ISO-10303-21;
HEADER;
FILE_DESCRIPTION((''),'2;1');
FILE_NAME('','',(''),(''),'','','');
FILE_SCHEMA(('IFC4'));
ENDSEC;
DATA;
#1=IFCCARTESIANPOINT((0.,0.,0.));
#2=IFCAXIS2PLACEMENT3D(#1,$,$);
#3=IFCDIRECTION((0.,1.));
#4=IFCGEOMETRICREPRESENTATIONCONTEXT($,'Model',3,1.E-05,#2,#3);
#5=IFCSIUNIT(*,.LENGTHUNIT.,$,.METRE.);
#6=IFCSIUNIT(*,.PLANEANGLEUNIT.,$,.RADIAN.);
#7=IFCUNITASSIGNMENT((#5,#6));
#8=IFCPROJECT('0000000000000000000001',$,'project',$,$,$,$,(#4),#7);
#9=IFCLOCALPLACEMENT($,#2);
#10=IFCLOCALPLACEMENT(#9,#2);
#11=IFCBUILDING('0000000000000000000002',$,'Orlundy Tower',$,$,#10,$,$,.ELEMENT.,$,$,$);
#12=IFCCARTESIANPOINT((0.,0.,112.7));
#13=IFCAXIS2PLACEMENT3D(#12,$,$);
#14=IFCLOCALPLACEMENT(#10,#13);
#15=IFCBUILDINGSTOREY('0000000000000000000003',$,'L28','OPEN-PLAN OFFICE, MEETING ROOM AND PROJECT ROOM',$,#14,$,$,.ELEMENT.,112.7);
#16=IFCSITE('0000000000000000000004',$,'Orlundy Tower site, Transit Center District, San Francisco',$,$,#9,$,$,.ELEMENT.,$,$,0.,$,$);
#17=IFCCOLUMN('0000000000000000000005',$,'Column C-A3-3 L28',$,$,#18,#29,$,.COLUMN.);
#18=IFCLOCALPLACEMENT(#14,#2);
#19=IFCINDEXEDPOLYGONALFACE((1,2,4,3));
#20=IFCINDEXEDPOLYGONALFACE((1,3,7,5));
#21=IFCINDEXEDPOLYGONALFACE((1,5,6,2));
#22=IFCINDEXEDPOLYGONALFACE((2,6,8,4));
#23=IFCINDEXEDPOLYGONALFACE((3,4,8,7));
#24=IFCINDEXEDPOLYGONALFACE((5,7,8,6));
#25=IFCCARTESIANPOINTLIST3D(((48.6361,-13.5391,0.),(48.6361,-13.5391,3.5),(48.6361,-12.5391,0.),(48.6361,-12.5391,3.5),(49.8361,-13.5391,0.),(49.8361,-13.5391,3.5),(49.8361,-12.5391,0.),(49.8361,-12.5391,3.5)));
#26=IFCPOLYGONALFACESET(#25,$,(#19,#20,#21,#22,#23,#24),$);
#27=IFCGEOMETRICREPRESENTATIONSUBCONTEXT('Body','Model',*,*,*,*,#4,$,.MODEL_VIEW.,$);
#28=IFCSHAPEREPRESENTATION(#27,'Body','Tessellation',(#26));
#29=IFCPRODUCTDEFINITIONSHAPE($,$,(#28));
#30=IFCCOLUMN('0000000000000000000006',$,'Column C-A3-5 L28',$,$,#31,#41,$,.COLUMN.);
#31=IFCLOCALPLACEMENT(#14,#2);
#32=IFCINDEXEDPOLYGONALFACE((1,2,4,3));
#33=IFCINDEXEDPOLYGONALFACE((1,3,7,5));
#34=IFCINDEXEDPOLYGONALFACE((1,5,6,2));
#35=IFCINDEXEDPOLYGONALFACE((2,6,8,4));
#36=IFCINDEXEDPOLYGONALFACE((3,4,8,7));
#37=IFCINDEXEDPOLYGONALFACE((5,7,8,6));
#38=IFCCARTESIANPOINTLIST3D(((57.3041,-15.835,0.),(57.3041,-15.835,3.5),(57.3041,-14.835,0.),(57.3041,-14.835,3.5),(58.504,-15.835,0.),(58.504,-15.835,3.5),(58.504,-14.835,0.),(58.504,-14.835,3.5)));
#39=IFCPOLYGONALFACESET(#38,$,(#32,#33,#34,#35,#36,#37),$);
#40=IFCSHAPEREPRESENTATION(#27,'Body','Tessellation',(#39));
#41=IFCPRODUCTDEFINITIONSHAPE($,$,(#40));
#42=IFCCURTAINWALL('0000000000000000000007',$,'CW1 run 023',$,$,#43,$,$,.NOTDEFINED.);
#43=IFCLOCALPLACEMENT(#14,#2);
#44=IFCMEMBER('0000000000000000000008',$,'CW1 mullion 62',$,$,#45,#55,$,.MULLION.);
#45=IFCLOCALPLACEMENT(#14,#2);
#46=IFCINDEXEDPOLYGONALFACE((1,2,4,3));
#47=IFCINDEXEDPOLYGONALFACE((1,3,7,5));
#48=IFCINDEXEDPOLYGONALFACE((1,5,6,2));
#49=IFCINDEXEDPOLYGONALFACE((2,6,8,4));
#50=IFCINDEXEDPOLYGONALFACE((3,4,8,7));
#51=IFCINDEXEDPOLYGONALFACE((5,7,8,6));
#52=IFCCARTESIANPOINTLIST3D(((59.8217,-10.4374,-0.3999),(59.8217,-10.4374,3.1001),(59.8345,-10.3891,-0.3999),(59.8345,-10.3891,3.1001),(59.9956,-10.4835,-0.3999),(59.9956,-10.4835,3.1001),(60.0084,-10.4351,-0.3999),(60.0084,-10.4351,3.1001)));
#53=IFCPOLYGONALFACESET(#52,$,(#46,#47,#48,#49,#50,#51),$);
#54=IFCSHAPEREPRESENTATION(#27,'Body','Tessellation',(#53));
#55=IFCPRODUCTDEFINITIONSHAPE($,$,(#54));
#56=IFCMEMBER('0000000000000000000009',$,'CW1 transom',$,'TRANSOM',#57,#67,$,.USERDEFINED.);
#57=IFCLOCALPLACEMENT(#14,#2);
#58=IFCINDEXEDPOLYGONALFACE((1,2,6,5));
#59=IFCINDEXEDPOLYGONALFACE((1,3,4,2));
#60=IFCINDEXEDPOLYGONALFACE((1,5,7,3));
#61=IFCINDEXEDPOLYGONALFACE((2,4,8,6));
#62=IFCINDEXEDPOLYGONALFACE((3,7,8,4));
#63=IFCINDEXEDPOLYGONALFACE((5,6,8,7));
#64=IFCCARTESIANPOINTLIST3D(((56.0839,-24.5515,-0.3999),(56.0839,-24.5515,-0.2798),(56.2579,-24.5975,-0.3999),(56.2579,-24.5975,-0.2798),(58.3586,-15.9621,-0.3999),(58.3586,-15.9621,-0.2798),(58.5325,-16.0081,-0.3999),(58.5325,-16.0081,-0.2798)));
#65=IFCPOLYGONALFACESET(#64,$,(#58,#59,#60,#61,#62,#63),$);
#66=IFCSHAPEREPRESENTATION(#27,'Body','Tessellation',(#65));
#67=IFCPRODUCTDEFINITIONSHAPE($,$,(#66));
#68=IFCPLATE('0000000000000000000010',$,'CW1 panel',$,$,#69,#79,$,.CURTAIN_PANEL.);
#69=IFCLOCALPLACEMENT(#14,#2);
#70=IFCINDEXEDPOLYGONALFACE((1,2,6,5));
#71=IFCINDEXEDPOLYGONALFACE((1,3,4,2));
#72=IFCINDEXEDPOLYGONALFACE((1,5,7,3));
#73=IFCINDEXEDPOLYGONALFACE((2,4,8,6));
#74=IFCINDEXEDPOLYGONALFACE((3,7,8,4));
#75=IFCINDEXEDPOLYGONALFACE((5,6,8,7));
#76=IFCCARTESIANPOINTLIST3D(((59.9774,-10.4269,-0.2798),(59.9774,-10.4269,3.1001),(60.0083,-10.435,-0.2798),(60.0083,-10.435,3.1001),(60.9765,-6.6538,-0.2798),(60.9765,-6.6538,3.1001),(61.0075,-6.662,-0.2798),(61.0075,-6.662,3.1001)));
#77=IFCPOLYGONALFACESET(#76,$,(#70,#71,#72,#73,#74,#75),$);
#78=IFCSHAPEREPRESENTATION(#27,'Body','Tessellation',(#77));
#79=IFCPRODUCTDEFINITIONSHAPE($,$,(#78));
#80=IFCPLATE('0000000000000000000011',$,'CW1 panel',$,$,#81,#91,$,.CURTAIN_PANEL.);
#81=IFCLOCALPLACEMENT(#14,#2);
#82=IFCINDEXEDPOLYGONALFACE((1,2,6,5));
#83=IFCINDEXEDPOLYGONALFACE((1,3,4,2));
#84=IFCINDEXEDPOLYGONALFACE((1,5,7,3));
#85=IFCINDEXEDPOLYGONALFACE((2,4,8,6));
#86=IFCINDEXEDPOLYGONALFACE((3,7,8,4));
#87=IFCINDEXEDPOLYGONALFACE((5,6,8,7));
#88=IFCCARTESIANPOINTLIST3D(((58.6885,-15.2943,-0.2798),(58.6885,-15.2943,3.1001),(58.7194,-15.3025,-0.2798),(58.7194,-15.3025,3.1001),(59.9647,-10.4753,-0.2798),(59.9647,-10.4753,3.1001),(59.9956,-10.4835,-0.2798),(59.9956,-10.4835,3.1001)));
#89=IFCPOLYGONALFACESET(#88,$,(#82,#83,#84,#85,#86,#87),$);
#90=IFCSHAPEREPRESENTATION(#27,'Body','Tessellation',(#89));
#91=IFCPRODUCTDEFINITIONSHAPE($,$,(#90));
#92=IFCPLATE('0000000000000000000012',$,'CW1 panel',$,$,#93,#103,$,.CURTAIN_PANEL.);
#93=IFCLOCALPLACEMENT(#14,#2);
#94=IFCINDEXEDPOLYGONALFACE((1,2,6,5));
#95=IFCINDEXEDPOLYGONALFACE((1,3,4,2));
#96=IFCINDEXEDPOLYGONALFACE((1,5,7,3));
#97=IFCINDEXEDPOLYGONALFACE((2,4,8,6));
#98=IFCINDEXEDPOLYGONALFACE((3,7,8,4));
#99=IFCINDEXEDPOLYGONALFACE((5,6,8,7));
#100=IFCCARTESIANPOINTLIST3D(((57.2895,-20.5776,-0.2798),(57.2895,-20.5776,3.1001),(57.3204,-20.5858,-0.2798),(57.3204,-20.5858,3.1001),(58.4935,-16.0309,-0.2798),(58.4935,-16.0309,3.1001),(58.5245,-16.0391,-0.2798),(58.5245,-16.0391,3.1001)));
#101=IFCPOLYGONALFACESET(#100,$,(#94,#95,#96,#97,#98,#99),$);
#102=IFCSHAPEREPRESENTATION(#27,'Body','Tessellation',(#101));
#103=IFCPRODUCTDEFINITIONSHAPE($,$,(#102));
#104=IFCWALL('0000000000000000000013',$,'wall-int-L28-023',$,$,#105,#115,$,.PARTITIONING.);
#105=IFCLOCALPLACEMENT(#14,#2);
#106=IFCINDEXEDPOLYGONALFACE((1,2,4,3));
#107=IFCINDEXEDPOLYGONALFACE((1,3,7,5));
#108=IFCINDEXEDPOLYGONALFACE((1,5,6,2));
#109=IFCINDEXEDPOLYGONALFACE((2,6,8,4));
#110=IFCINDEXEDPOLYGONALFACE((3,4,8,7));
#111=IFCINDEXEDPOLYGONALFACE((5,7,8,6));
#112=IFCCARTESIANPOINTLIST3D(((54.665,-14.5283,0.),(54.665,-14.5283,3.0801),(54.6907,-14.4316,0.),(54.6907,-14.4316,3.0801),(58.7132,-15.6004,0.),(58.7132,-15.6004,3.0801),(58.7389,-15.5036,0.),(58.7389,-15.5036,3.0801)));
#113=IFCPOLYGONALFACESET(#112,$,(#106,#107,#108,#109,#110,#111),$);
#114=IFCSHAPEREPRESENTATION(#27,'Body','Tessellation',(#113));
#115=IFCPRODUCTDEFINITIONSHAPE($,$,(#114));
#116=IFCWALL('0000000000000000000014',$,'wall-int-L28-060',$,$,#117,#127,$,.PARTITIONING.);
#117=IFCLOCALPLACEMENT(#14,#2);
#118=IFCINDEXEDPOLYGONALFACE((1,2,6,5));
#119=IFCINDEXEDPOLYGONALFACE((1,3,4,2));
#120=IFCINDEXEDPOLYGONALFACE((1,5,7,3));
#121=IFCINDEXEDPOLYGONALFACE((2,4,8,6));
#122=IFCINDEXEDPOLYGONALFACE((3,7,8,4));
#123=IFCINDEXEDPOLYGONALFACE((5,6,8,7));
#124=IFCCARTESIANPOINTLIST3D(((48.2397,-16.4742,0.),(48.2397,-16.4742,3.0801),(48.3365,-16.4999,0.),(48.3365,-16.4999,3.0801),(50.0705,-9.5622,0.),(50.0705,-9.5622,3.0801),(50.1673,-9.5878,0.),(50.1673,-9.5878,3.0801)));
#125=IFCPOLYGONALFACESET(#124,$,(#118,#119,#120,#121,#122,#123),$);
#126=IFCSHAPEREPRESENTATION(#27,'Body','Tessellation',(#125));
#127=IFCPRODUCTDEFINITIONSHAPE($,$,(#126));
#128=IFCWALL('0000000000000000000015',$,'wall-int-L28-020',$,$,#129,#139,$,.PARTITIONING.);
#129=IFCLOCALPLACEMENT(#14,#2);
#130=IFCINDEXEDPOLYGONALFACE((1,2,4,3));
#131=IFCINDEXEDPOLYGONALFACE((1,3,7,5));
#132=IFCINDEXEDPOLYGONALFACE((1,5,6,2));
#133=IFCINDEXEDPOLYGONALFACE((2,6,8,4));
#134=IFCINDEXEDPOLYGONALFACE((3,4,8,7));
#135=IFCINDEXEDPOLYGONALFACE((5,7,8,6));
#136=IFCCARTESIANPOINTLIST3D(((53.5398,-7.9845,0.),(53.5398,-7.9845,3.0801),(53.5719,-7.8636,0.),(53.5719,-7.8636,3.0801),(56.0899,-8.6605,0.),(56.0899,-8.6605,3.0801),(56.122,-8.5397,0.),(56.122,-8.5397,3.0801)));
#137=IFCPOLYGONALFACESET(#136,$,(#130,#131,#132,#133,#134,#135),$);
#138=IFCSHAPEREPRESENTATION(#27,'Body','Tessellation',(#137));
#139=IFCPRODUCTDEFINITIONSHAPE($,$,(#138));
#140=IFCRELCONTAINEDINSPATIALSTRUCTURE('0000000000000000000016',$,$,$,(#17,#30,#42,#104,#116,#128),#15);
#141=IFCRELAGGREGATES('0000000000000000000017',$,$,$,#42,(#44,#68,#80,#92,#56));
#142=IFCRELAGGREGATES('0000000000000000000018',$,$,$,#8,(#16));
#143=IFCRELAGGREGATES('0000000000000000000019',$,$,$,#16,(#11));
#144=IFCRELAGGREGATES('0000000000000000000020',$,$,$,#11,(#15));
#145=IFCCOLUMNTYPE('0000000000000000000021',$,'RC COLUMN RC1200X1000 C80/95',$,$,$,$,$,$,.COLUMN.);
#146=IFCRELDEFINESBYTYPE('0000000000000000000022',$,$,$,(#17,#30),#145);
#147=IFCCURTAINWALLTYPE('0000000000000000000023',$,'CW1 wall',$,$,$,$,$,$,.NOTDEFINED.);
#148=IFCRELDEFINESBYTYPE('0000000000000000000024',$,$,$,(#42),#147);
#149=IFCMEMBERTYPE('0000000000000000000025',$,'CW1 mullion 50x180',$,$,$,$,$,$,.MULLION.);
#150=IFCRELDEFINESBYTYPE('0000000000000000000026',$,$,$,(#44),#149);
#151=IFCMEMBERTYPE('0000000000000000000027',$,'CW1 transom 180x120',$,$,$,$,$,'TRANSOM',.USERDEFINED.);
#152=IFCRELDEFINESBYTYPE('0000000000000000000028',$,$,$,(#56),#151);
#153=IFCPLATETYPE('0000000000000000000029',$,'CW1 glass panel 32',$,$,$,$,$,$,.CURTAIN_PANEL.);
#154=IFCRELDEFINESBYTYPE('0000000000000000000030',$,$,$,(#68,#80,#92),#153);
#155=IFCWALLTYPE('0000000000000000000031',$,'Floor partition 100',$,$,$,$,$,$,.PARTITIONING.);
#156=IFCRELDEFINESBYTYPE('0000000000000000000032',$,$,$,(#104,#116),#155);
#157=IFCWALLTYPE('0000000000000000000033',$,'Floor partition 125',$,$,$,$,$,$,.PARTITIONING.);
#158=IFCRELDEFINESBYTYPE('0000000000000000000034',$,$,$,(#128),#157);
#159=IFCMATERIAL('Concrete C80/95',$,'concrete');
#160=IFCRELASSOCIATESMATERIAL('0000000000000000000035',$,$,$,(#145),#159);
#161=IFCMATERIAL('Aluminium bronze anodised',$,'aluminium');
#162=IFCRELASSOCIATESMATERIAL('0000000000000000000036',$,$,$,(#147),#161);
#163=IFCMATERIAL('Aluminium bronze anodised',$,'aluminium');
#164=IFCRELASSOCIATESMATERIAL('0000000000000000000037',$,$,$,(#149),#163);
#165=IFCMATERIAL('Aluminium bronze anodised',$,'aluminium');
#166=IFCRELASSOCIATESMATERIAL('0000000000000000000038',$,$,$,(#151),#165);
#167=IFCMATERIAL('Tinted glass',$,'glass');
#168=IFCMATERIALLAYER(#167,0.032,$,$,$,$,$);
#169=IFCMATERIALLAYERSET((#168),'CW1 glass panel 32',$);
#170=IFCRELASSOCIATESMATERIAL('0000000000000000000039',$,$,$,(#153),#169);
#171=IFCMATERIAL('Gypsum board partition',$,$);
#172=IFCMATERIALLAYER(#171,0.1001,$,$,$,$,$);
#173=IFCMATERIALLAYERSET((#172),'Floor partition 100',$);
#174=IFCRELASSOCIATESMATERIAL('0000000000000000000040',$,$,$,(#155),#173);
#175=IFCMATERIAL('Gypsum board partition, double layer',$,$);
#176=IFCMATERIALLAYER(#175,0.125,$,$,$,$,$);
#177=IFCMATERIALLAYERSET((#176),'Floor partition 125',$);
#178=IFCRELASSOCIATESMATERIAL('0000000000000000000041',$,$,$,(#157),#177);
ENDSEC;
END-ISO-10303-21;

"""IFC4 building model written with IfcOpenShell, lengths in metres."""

from ifc_helpers import new_model, si_unit, direction, frame, frame_2d, origin, origin_2d, place, context, subcontext, project, spatial, rectangle, extrude, material, layer, layer_set, material_profile, profile_set, type_object, element, aggregate, save


model = new_model("IFC4")

# Units and contexts
model_context = context("Model", 3, precision=1e-05, world=origin(), true_north=direction((0.0, 1.0)))
body_context = subcontext(model_context, "Body", "Model", "MODEL_VIEW")
ifc_project = project(units=[si_unit("LENGTHUNIT", "METRE"), si_unit("PLANEANGLEUNIT", "RADIAN")], contexts=[model_context])

# Site, building, storey
site_placement = place(None, origin())
site = spatial("IfcSite", under=ifc_project, at=site_placement, Name="Orlundy Tower site, Transit Center District, San Francisco", CompositionType="ELEMENT", RefElevation=0.0)
building_placement = place(site_placement, origin())
building = spatial("IfcBuilding", under=site, at=building_placement, Name="Orlundy Tower", CompositionType="ELEMENT")
storey_placement = place(building_placement, frame((0.0, 0.0, 112.7)))
storey = spatial("IfcBuildingStorey", under=building, at=storey_placement, Name="L28", Description="OPEN-PLAN OFFICE, MEETING ROOM AND PROJECT ROOM", CompositionType="ELEMENT", Elevation=112.7)

# Columns
ifc_material_1 = material(Name="Concrete C80/95", Category="concrete")
ifc_material_profile_1 = material_profile(ifc_material_1, rectangle(XDim=1.2, YDim=1.0, at=origin_2d()), Name="RC1200X1000")
ifc_profile_set_1 = profile_set([ifc_material_profile_1], Name="Concrete C80/95")
column_type = type_object("IfcColumnType", Name="RC COLUMN RC1200X1000 C80/95", PredefinedType="COLUMN", material=ifc_profile_set_1)
for number, where, z_axis, x_axis, name in (
    (1, (49.2361, -13.0391, 0.0), (0.0, 0.0, 1.0), (1.0, 0.0, 0.0), "Column C-A3-3 L28"),
    (2, (57.9041, -15.335, 0.0), (0.0, 0.0, 1.0), (1.0, 0.0, 0.0), "Column C-A3-5 L28"),
):
    element("IfcColumn", number, at=place(storey_placement, frame(where, z_axis=z_axis, x_axis=x_axis)), inside=storey, type_object=column_type, Name=name, PredefinedType="COLUMN", context=body_context, shape_type="SweptSolid", body=[
        extrude(rectangle(XDim=1.2, YDim=1.0, at=origin_2d()), origin(), (0.0, 0.0, 1.0), 3.5),
    ])

# Curtain wall, members, plates
ifc_material_2 = material(Name="Aluminium bronze anodised", Category="aluminium")
curtain_wall_type = type_object("IfcCurtainWallType", Name="CW1 wall", PredefinedType="NOTDEFINED", material=ifc_material_2)
curtain_wall_placement = place(storey_placement, origin())
curtain_wall = element("IfcCurtainWall", 3, at=curtain_wall_placement, inside=storey, type_object=curtain_wall_type, Name="CW1 run 023", PredefinedType="NOTDEFINED")
ifc_material_3 = material(Name="Aluminium bronze anodised", Category="aluminium")
ifc_material_profile_2 = material_profile(ifc_material_3, rectangle(XDim=0.1799, YDim=0.05, at=origin_2d()), Name="CW1 mullion 50x180")
ifc_profile_set_2 = profile_set([ifc_material_profile_2], Name="Aluminium bronze anodised")
member_type_1 = type_object("IfcMemberType", Name="CW1 mullion 50x180", PredefinedType="MULLION", material=ifc_profile_set_2)
member_1_placement = place(storey_placement, frame((59.915, -10.4363, -0.3999), z_axis=(0.0, 0.0, 1.0), x_axis=(0.966679, -0.255991, 0.0)))
member_1 = element("IfcMember", 4, at=member_1_placement, type_object=member_type_1, Name="CW1 mullion 62", PredefinedType="MULLION", context=body_context, shape_type="SweptSolid", body=[
    extrude(rectangle(XDim=0.1799, YDim=0.05, at=origin_2d()), origin(), (0.0, 0.0, 1.0), 3.5),
])
ifc_material_4 = material(Name="Aluminium bronze anodised", Category="aluminium")
ifc_material_profile_3 = material_profile(ifc_material_4, rectangle(XDim=0.1799, YDim=0.1201, at=origin_2d()), Name="CW1 transom 180x120")
ifc_profile_set_3 = profile_set([ifc_material_profile_3], Name="Aluminium bronze anodised")
member_type_2 = type_object("IfcMemberType", Name="CW1 transom 180x120", ElementType="TRANSOM", PredefinedType="USERDEFINED", material=ifc_profile_set_3)
member_2_placement = place(storey_placement, frame((58.4456, -15.9851, -0.3398), z_axis=(-0.255998, -0.966677, 0.0), x_axis=(0.966677, -0.255998, 0.0)))
member_2 = element("IfcMember", 5, at=member_2_placement, type_object=member_type_2, Name="CW1 transom", ObjectType="TRANSOM", PredefinedType="USERDEFINED", context=body_context, shape_type="SweptSolid", body=[
    extrude(rectangle(XDim=0.1799, YDim=0.1201, at=origin_2d()), origin(), (0.0, 0.0, 1.0), 8.8855),
])
ifc_material_5 = material(Name="Tinted glass", Category="glass")
ifc_layer_1 = layer(ifc_material_5, 0.032)
ifc_layer_set_1 = layer_set([ifc_layer_1], Name="CW1 glass panel 32")
plate_type = type_object("IfcPlateType", Name="CW1 glass panel 32", PredefinedType="CURTAIN_PANEL", material=ifc_layer_set_1)
plate_1_placement = place(storey_placement, frame((60.4924, -8.5444, -0.2798), z_axis=(0.0, 0.0, 1.0), x_axis=(-0.255991, -0.966679, 0.0)))
plate_1 = element("IfcPlate", 6, at=plate_1_placement, type_object=plate_type, Name="CW1 panel", PredefinedType="CURTAIN_PANEL", context=body_context, shape_type="SweptSolid", body=[
    extrude(rectangle(XDim=3.9031, YDim=0.032, at=origin_2d()), origin(), (0.0, 0.0, 1.0), 3.3799),
])
plate_2_placement = place(storey_placement, frame((59.342, -12.8889, -0.2798), z_axis=(0.0, 0.0, 1.0), x_axis=(-0.255991, -0.966679, 0.0)))
plate_2 = element("IfcPlate", 7, at=plate_2_placement, type_object=plate_type, Name="CW1 panel", PredefinedType="CURTAIN_PANEL", context=body_context, shape_type="SweptSolid", body=[
    extrude(rectangle(XDim=4.9851, YDim=0.032, at=origin_2d()), origin(), (0.0, 0.0, 1.0), 3.3799),
])
plate_3_placement = place(storey_placement, frame((57.907, -18.3083, -0.2798), z_axis=(0.0, 0.0, 1.0), x_axis=(-0.255991, -0.966679, 0.0)))
plate_3 = element("IfcPlate", 8, at=plate_3_placement, type_object=plate_type, Name="CW1 panel", PredefinedType="CURTAIN_PANEL", context=body_context, shape_type="SweptSolid", body=[
    extrude(rectangle(XDim=4.7034, YDim=0.032, at=origin_2d()), origin(), (0.0, 0.0, 1.0), 3.3799),
])
aggregate(curtain_wall, [member_1, plate_1, plate_2, plate_3, member_2])

# Walls
ifc_material_6 = material(Name="Gypsum board partition")
ifc_layer_2 = layer(ifc_material_6, 0.1001)
ifc_layer_set_2 = layer_set([ifc_layer_2], Name="Floor partition 100")
wall_type_1 = type_object("IfcWallType", Name="Floor partition 100", PredefinedType="PARTITIONING", material=ifc_layer_set_2)
wall_1_placement = place(storey_placement, frame((54.678, -14.48, 0.0), z_axis=(0.0, 0.0, 1.0), x_axis=(0.966678, -0.255997, 0.0)))
element("IfcWall", 9, at=wall_1_placement, inside=storey, type_object=wall_type_1, Name="wall-int-L28-023", PredefinedType="PARTITIONING", context=body_context, shape_type="SweptSolid", body=[
    extrude(rectangle(XDim=4.1877, YDim=0.1001, at=frame_2d((2.0938, 0.0))), origin(), (0.0, 0.0, 1.0), 3.0801),
])
wall_2_placement = place(storey_placement, frame((48.2881, -16.4871, 0.0), z_axis=(0.0, 0.0, 1.0), x_axis=(0.256041, 0.966666, 0.0)))
element("IfcWall", 10, at=wall_2_placement, inside=storey, type_object=wall_type_1, Name="wall-int-L28-060", PredefinedType="PARTITIONING", context=body_context, shape_type="SweptSolid", body=[
    extrude(rectangle(XDim=7.1504, YDim=0.1001, at=frame_2d((3.5752, 0.0))), origin(), (0.0, 0.0, 1.0), 3.0801),
])
ifc_material_7 = material(Name="Gypsum board partition, double layer")
ifc_layer_3 = layer(ifc_material_7, 0.125)
ifc_layer_set_3 = layer_set([ifc_layer_3], Name="Floor partition 125")
wall_type_2 = type_object("IfcWallType", Name="Floor partition 125", PredefinedType="PARTITIONING", material=ifc_layer_set_3)
wall_3_placement = place(storey_placement, frame((56.106, -8.6001, 0.0), z_axis=(0.0, 0.0, 1.0), x_axis=(-0.96661, 0.256251, 0.0)))
element("IfcWall", 11, at=wall_3_placement, inside=storey, type_object=wall_type_2, Name="wall-int-L28-020", PredefinedType="PARTITIONING", context=body_context, shape_type="SweptSolid", body=[
    extrude(rectangle(XDim=2.6382, YDim=0.125, at=frame_2d((1.3191, 0.0))), origin(), (0.0, 0.0, 1.0), 3.0801),
])

save(model, "model.ifc")
